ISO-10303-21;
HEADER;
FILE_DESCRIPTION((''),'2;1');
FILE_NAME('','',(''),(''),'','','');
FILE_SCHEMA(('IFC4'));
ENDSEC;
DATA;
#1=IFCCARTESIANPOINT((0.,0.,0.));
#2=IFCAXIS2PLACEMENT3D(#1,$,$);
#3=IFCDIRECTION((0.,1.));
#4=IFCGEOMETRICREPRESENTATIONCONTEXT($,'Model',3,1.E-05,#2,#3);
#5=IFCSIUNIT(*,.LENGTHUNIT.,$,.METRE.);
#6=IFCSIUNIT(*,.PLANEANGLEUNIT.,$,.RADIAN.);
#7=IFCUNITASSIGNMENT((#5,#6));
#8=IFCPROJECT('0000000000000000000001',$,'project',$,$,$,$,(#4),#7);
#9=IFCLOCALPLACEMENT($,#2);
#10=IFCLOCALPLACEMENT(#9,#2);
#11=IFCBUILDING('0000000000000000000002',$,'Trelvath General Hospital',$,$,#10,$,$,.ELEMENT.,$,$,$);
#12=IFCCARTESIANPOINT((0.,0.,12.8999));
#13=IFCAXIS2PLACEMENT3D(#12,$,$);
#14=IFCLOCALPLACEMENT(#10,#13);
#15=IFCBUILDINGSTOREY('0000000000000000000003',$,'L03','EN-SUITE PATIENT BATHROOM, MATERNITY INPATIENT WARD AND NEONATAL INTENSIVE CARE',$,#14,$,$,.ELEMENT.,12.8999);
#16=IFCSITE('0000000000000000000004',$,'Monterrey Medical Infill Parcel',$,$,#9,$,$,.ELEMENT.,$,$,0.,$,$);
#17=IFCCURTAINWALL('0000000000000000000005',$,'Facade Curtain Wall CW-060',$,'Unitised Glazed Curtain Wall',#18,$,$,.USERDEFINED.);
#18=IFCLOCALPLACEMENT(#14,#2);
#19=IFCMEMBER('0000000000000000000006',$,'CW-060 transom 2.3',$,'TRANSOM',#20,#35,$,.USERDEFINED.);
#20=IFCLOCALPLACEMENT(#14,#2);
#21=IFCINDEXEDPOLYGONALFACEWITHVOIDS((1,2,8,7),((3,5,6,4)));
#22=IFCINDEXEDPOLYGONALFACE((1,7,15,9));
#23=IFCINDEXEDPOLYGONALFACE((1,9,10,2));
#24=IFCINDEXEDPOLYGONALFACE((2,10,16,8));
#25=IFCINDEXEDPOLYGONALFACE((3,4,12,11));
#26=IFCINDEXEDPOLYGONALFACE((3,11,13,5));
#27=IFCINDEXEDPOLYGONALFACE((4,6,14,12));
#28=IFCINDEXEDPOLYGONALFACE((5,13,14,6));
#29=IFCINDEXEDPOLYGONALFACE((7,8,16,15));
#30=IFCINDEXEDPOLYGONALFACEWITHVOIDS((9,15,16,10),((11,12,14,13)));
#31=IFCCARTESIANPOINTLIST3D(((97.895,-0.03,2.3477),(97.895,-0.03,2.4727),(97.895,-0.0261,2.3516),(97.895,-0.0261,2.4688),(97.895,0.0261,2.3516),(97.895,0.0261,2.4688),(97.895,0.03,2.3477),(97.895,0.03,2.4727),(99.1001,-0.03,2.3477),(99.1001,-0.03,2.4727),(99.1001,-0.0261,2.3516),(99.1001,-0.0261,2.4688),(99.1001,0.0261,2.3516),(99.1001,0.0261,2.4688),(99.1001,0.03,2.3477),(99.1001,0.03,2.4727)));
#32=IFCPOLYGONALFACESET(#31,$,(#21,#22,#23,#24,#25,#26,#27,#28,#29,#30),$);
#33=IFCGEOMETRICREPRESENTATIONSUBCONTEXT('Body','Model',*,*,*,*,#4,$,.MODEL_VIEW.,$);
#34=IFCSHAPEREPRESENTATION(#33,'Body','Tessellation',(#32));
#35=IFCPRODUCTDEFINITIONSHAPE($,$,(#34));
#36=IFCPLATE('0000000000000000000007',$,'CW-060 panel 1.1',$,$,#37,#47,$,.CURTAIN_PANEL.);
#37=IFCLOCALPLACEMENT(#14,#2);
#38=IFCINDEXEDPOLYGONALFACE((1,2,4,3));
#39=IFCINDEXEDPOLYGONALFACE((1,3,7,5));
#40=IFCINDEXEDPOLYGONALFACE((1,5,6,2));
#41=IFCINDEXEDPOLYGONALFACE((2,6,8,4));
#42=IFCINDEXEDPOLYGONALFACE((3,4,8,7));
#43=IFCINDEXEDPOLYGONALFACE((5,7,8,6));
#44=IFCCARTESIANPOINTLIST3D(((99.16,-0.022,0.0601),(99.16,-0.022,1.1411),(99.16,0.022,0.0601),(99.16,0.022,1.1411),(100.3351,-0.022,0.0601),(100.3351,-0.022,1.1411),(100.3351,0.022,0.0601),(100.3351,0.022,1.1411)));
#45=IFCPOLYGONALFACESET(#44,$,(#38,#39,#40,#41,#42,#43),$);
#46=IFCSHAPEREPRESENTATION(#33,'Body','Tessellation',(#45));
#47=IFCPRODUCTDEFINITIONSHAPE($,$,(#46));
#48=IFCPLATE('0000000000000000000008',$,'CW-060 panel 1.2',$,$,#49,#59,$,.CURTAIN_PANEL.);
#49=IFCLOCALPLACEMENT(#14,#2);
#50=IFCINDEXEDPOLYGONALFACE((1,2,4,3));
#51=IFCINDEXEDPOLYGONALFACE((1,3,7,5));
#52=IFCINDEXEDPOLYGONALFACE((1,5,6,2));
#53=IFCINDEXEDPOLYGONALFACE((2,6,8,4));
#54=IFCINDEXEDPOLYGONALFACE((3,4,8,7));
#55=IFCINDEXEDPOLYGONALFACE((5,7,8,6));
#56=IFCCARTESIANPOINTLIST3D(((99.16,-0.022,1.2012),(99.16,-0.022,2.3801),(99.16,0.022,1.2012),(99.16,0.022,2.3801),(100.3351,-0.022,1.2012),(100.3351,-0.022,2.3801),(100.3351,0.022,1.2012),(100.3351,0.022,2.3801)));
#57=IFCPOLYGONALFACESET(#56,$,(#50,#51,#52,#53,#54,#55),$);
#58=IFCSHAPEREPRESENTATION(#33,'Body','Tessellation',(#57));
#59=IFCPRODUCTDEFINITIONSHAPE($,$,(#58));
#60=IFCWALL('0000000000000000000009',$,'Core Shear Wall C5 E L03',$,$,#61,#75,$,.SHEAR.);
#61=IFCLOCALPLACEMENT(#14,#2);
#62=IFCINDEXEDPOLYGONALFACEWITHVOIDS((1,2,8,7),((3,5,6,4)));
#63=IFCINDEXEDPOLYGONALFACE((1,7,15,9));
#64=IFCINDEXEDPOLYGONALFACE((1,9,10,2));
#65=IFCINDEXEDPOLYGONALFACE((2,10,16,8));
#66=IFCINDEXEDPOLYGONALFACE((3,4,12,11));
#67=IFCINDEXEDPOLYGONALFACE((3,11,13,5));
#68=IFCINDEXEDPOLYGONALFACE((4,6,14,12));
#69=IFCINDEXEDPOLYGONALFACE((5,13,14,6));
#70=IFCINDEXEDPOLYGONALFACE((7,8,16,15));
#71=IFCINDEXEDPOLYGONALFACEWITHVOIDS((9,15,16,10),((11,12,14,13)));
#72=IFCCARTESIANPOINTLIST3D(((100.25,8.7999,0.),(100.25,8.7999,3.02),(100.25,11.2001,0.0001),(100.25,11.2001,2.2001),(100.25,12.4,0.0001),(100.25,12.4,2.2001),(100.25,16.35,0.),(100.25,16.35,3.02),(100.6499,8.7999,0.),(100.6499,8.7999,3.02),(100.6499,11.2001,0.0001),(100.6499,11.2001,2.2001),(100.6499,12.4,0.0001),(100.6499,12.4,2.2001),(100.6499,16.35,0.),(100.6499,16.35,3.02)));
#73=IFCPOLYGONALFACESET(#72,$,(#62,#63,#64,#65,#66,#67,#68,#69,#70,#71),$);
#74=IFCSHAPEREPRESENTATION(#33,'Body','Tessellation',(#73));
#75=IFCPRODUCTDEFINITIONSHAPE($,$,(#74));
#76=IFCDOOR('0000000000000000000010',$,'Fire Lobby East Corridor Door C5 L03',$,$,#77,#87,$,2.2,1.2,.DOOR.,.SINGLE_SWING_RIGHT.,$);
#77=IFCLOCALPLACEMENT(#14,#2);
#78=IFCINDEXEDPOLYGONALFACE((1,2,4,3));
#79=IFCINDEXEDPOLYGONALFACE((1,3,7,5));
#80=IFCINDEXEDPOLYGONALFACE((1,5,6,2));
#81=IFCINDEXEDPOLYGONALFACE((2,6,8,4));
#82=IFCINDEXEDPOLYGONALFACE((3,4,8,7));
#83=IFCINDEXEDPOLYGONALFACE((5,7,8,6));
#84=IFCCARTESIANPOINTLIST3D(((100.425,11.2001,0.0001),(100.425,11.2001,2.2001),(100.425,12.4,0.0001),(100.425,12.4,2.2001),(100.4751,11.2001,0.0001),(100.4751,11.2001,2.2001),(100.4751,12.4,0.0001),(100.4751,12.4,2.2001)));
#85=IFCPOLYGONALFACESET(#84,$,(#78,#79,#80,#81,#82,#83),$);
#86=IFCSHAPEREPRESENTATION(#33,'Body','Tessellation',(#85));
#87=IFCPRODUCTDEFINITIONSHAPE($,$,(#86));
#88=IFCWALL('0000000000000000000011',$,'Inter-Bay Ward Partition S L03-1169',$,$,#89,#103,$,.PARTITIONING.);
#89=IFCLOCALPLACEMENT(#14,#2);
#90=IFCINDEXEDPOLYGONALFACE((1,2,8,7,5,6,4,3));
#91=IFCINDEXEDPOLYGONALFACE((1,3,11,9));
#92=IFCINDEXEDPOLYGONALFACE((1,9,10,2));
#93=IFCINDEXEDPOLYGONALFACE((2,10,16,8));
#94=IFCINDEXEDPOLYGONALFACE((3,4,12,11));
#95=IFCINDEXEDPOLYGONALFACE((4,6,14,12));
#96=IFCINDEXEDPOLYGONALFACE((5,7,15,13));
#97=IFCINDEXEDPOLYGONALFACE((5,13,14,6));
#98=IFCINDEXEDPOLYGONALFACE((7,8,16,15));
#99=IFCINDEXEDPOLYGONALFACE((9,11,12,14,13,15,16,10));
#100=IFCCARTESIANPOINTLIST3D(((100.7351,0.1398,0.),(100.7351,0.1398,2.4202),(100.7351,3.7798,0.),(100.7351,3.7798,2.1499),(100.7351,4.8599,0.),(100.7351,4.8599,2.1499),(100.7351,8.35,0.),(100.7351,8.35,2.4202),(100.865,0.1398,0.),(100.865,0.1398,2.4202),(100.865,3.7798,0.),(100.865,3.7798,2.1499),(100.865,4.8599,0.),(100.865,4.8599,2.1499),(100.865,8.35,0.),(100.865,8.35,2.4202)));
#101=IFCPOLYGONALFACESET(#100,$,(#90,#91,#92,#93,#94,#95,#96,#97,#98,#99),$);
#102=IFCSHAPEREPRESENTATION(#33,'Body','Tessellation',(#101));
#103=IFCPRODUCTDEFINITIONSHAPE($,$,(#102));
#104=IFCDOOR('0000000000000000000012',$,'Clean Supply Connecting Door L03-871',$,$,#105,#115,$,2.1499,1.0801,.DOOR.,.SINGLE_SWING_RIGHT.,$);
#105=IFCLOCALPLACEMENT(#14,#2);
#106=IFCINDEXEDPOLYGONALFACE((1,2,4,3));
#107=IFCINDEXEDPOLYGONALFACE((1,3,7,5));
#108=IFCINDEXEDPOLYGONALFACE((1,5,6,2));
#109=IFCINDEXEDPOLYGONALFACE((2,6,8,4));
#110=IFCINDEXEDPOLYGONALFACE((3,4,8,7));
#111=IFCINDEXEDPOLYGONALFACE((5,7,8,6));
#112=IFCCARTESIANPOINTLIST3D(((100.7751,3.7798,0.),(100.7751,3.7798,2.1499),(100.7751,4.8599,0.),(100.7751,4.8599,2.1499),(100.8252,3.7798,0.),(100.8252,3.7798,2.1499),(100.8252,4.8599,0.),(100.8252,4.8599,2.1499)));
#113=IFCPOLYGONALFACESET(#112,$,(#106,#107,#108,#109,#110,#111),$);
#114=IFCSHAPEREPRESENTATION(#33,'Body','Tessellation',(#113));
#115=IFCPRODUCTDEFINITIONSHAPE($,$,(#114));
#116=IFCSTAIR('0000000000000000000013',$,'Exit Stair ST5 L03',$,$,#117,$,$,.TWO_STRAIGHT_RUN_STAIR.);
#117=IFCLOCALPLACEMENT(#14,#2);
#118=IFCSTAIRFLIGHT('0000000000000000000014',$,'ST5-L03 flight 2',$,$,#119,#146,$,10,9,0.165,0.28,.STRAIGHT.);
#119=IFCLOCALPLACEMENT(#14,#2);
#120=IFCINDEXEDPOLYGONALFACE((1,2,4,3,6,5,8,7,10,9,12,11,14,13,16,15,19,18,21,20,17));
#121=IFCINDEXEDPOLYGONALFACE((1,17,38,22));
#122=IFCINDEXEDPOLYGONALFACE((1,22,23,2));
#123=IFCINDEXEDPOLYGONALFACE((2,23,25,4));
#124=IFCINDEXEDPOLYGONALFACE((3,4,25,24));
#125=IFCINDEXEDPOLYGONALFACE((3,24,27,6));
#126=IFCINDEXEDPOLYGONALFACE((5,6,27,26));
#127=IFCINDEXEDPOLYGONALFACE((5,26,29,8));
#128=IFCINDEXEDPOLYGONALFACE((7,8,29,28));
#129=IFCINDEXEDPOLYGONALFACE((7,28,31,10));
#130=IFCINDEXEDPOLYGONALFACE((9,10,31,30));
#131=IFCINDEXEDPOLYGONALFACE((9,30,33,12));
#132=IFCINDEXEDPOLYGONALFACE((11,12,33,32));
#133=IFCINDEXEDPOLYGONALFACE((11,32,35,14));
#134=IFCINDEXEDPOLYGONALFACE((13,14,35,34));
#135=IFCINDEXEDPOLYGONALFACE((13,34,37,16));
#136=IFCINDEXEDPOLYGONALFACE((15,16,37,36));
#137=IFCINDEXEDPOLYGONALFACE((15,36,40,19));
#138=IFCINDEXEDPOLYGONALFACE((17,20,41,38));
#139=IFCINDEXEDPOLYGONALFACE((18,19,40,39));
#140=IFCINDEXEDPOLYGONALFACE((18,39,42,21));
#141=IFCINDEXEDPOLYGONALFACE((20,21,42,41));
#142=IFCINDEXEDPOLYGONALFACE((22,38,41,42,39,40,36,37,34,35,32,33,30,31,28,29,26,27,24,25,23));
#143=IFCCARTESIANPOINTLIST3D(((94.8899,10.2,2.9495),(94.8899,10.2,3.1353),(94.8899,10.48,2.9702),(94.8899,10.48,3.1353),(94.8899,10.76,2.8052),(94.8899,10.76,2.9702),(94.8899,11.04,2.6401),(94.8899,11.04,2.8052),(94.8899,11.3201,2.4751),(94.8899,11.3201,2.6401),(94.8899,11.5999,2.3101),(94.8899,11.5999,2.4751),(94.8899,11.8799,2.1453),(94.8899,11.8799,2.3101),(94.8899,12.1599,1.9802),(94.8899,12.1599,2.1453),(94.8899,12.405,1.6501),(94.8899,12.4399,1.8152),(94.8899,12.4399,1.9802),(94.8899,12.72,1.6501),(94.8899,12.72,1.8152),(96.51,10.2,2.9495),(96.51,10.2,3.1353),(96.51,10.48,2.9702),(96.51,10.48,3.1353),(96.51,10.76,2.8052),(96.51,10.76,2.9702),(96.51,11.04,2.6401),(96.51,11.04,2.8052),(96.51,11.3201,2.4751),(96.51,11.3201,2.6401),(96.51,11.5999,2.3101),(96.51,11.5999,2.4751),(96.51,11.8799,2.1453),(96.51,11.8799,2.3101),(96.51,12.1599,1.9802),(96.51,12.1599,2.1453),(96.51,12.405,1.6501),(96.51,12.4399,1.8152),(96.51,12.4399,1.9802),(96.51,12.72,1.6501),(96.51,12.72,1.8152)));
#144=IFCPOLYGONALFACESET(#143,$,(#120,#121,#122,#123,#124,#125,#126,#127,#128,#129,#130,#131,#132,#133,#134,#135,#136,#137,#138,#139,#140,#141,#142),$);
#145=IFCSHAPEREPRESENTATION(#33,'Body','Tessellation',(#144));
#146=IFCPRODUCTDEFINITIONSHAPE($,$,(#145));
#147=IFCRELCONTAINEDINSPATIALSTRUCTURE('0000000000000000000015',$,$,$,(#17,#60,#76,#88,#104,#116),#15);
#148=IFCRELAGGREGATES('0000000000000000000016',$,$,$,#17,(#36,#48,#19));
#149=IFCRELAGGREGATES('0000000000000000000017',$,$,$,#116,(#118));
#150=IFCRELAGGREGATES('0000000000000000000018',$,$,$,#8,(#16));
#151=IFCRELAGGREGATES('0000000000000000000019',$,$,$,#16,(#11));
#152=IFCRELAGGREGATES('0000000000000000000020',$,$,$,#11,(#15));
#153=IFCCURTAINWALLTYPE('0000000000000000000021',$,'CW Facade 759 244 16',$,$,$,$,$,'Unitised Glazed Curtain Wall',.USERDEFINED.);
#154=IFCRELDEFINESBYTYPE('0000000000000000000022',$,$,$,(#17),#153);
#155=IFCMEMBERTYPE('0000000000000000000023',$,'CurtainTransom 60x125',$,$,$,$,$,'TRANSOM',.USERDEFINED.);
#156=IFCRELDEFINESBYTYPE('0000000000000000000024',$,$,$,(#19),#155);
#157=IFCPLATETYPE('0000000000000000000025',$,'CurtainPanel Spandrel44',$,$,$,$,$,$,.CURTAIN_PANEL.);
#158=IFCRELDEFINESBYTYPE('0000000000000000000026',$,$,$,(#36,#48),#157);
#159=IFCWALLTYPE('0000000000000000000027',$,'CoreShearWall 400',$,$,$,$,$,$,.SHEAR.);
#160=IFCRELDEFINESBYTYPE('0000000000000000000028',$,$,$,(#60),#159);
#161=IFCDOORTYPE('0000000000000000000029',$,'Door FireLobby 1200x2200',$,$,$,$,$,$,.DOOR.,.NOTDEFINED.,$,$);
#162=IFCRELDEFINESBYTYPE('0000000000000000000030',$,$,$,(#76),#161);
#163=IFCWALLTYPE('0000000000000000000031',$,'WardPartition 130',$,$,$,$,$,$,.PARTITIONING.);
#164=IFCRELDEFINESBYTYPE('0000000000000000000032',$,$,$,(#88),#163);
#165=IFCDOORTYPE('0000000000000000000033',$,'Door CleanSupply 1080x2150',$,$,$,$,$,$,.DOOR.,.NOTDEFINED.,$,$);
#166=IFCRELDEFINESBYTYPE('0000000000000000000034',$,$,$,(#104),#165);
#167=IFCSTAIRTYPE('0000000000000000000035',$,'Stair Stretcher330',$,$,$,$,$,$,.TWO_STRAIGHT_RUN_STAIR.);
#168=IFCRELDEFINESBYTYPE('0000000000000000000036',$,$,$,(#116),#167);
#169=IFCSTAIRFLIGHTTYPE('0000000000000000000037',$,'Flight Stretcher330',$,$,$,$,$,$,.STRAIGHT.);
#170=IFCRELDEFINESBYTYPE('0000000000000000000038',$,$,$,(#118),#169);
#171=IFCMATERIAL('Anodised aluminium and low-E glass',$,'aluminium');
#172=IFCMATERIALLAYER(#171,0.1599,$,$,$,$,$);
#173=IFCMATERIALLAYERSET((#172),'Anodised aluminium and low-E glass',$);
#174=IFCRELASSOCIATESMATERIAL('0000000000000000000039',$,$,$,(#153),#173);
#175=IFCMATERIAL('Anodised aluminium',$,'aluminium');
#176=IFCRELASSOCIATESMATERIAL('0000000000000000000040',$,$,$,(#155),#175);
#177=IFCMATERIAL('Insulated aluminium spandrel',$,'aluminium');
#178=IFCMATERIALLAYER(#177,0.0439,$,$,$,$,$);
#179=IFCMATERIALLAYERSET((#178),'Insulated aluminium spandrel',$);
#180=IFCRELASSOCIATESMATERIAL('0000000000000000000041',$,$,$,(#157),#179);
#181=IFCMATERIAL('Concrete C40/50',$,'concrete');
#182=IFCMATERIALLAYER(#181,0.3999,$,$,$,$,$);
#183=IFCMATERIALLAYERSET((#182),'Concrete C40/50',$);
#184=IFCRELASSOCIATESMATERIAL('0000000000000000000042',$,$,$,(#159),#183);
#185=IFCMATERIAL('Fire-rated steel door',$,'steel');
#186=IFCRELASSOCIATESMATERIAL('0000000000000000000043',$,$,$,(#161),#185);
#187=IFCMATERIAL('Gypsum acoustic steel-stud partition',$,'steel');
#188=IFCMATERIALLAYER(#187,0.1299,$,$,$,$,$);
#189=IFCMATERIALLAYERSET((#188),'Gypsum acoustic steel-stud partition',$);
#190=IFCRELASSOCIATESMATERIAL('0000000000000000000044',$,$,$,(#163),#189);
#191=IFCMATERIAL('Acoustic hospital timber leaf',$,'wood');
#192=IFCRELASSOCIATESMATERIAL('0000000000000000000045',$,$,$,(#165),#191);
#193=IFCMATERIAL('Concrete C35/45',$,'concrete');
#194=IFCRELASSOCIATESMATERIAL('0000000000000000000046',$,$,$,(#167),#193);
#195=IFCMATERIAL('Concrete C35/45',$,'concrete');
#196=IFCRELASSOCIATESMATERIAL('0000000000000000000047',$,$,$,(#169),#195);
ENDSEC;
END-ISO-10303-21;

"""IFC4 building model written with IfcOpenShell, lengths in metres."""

from ifc_helpers import new_model, si_unit, direction, frame, frame_2d, origin, origin_2d, place, context, subcontext, project, spatial, polyline, rectangle, hollow_rectangle, outline, extrude, material, layer, layer_set, material_profile, profile_set, type_object, element, fill, aggregate, save


model = new_model("IFC4")

# Units and contexts
model_context = context("Model", 3, precision=1e-05, world=origin(), true_north=direction((0.0, 1.0)))
body_context = subcontext(model_context, "Body", "Model", "MODEL_VIEW")
ifc_project = project(units=[si_unit("LENGTHUNIT", "METRE"), si_unit("PLANEANGLEUNIT", "RADIAN")], contexts=[model_context])

# Site, building, storey
site_placement = place(None, origin())
site = spatial("IfcSite", under=ifc_project, at=site_placement, Name="Monterrey Medical Infill Parcel", CompositionType="ELEMENT", RefElevation=0.0)
building_placement = place(site_placement, origin())
building = spatial("IfcBuilding", under=site, at=building_placement, Name="Trelvath General Hospital", CompositionType="ELEMENT")
storey_placement = place(building_placement, frame((0.0, 0.0, 12.8999)))
storey = spatial("IfcBuildingStorey", under=building, at=storey_placement, Name="L03", Description="EN-SUITE PATIENT BATHROOM, MATERNITY INPATIENT WARD AND NEONATAL INTENSIVE CARE", CompositionType="ELEMENT", Elevation=12.8999)

# Curtain wall, member, plates
ifc_material_1 = material(Name="Anodised aluminium and low-E glass", Category="aluminium")
ifc_layer_1 = layer(ifc_material_1, 0.1599)
ifc_layer_set_1 = layer_set([ifc_layer_1], Name="Anodised aluminium and low-E glass")
curtain_wall_type = type_object("IfcCurtainWallType", Name="CW Facade 759 244 16", ElementType="Unitised Glazed Curtain Wall", PredefinedType="USERDEFINED", material=ifc_layer_set_1)
curtain_wall_placement = place(storey_placement, origin())
curtain_wall = element("IfcCurtainWall", 1, at=curtain_wall_placement, inside=storey, type_object=curtain_wall_type, Name="Facade Curtain Wall CW-060", ObjectType="Unitised Glazed Curtain Wall", PredefinedType="USERDEFINED")
ifc_material_2 = material(Name="Anodised aluminium", Category="aluminium")
ifc_material_profile_1 = material_profile(ifc_material_2, hollow_rectangle(XDim=0.0601, YDim=0.125, WallThickness=0.0039, at=origin_2d()), Name="RHS60x125x4")
ifc_profile_set_1 = profile_set([ifc_material_profile_1], Name="Anodised aluminium")
member_type_1 = type_object("IfcMemberType", Name="CurtainTransom 60x125", ElementType="TRANSOM", PredefinedType="USERDEFINED", material=ifc_profile_set_1)
member_1_placement = place(storey_placement, frame((99.1001, 0.0, 2.4102), z_axis=(-1.0, 0.0, 0.0), x_axis=(0.0, -1.0, 0.0)))
member_1 = element("IfcMember", 2, at=member_1_placement, type_object=member_type_1, Name="CW-060 transom 2.3", ObjectType="TRANSOM", PredefinedType="USERDEFINED", context=body_context, shape_type="SweptSolid", body=[
    extrude(hollow_rectangle(XDim=0.0601, YDim=0.125, WallThickness=0.0039, at=origin_2d()), origin(), (0.0, 0.0, 1.0), 1.2051),
])
ifc_material_3 = material(Name="Insulated aluminium spandrel", Category="aluminium")
ifc_layer_2 = layer(ifc_material_3, 0.0439)
ifc_layer_set_2 = layer_set([ifc_layer_2], Name="Insulated aluminium spandrel")
plate_type = type_object("IfcPlateType", Name="CurtainPanel Spandrel44", PredefinedType="CURTAIN_PANEL", material=ifc_layer_set_2)
plate_1_placement = place(storey_placement, frame((99.7476, 0.0, 0.0601), z_axis=(0.0, 0.0, 1.0), x_axis=(-1.0, 0.0, 0.0)))
plate_1 = element("IfcPlate", 3, at=plate_1_placement, type_object=plate_type, Name="CW-060 panel 1.1", PredefinedType="CURTAIN_PANEL", context=body_context, shape_type="SweptSolid", body=[
    extrude(rectangle(XDim=1.175, YDim=0.0439, at=origin_2d()), origin(), (0.0, 0.0, 1.0), 1.0811),
])
plate_2_placement = place(storey_placement, frame((99.7476, 0.0, 1.2012), z_axis=(0.0, 0.0, 1.0), x_axis=(-1.0, 0.0, 0.0)))
plate_2 = element("IfcPlate", 4, at=plate_2_placement, type_object=plate_type, Name="CW-060 panel 1.2", PredefinedType="CURTAIN_PANEL", context=body_context, shape_type="SweptSolid", body=[
    extrude(rectangle(XDim=1.175, YDim=0.0439, at=origin_2d()), origin(), (0.0, 0.0, 1.0), 1.179),
])
aggregate(curtain_wall, [plate_1, plate_2, member_1])

# Walls, openings, doors
ifc_material_4 = material(Name="Concrete C40/50", Category="concrete")
ifc_layer_3 = layer(ifc_material_4, 0.3999)
ifc_layer_set_3 = layer_set([ifc_layer_3], Name="Concrete C40/50")
wall_type_1 = type_object("IfcWallType", Name="CoreShearWall 400", PredefinedType="SHEAR", material=ifc_layer_set_3)
wall_1_placement = place(storey_placement, frame((100.45, 8.8, 0.0), z_axis=(0.0, 0.0, 1.0), x_axis=(0.0, 1.0, 0.0)))
wall_1 = element("IfcWall", 5, at=wall_1_placement, inside=storey, type_object=wall_type_1, Name="Core Shear Wall C5 E L03", PredefinedType="SHEAR", context=body_context, shape_type="SweptSolid", body=[
    extrude(rectangle(XDim=7.55, YDim=0.3999, at=frame_2d((3.7749, 0.0))), origin(), (0.0, 0.0, 1.0), 3.02),
])
opening_1_placement = place(wall_1_placement, frame((2.3999, 0.0, 0.0)))
opening_1 = element("IfcOpeningElement", 6, at=opening_1_placement, cuts=wall_1, PredefinedType="OPENING", context=body_context, shape_type="SweptSolid", body=[
    extrude(rectangle(XDim=1.2, YDim=2.2, at=frame_2d((0.6001, 1.1001))), frame((0.0, 0.21, 0.0), z_axis=(0.0, -1.0, 0.0), x_axis=(1.0, 0.0, 0.0)), (0.0, 0.0, 1.0), 0.4199),
])
ifc_material_5 = material(Name="Fire-rated steel door", Category="steel")
door_type_1 = type_object("IfcDoorType", Name="Door FireLobby 1200x2200", OperationType="NOTDEFINED", PredefinedType="DOOR", material=ifc_material_5)
door_1_placement = place(opening_1_placement, origin())
door_1 = element("IfcDoor", 7, at=door_1_placement, inside=storey, type_object=door_type_1, Name="Fire Lobby East Corridor Door C5 L03", OperationType="SINGLE_SWING_RIGHT", OverallHeight=2.2, OverallWidth=1.2, PredefinedType="DOOR", context=body_context, shape_type="SweptSolid", body=[
    extrude(rectangle(XDim=1.2, YDim=2.2, at=frame_2d((0.6001, 1.1001))), frame((0.0, 0.0249, 0.0), z_axis=(0.0, -1.0, 0.0), x_axis=(1.0, 0.0, 0.0)), (0.0, 0.0, 1.0), 0.05),
])
fill(opening_1, door_1)
ifc_material_6 = material(Name="Gypsum acoustic steel-stud partition", Category="steel")
ifc_layer_4 = layer(ifc_material_6, 0.1299)
ifc_layer_set_4 = layer_set([ifc_layer_4], Name="Gypsum acoustic steel-stud partition")
wall_type_2 = type_object("IfcWallType", Name="WardPartition 130", PredefinedType="PARTITIONING", material=ifc_layer_set_4)
wall_2_placement = place(storey_placement, frame((100.8, 0.1399, 0.0), z_axis=(0.0, 0.0, 1.0), x_axis=(0.0, 1.0, 0.0)))
wall_2 = element("IfcWall", 8, at=wall_2_placement, inside=storey, type_object=wall_type_2, Name="Inter-Bay Ward Partition S L03-1169", PredefinedType="PARTITIONING", context=body_context, shape_type="SweptSolid", body=[
    extrude(rectangle(XDim=8.2102, YDim=0.1299, at=frame_2d((4.105, 0.0))), origin(), (0.0, 0.0, 1.0), 2.4202),
])
opening_2_placement = place(wall_2_placement, frame((3.6399, 0.0, 0.0)))
opening_2 = element("IfcOpeningElement", 9, at=opening_2_placement, cuts=wall_2, PredefinedType="OPENING", context=body_context, shape_type="SweptSolid", body=[
    extrude(rectangle(XDim=1.0801, YDim=2.1499, at=frame_2d((0.54, 1.075))), frame((0.0, 0.075, 0.0), z_axis=(0.0, -1.0, 0.0), x_axis=(1.0, 0.0, 0.0)), (0.0, 0.0, 1.0), 0.1499),
])
ifc_material_7 = material(Name="Acoustic hospital timber leaf", Category="wood")
door_type_2 = type_object("IfcDoorType", Name="Door CleanSupply 1080x2150", OperationType="NOTDEFINED", PredefinedType="DOOR", material=ifc_material_7)
door_2_placement = place(opening_2_placement, origin())
door_2 = element("IfcDoor", 10, at=door_2_placement, inside=storey, type_object=door_type_2, Name="Clean Supply Connecting Door L03-871", OperationType="SINGLE_SWING_RIGHT", OverallHeight=2.1499, OverallWidth=1.0801, PredefinedType="DOOR", context=body_context, shape_type="SweptSolid", body=[
    extrude(rectangle(XDim=1.0801, YDim=2.1499, at=frame_2d((0.54, 1.075))), frame((0.0, 0.0249, 0.0), z_axis=(0.0, -1.0, 0.0), x_axis=(1.0, 0.0, 0.0)), (0.0, 0.0, 1.0), 0.05),
])
fill(opening_2, door_2)

# Stair, stair flight
ifc_material_8 = material(Name="Concrete C35/45", Category="concrete")
stair_type = type_object("IfcStairType", Name="Stair Stretcher330", PredefinedType="TWO_STRAIGHT_RUN_STAIR", material=ifc_material_8)
stair_placement = place(storey_placement, origin())
stair = element("IfcStair", 11, at=stair_placement, inside=storey, type_object=stair_type, Name="Exit Stair ST5 L03", PredefinedType="TWO_STRAIGHT_RUN_STAIR")
ifc_material_9 = material(Name="Concrete C35/45", Category="concrete")
stair_flight_type = type_object("IfcStairFlightType", Name="Flight Stretcher330", PredefinedType="STRAIGHT", material=ifc_material_9)
stair_flight_placement = place(storey_placement, frame((95.7, 12.72, 1.6501), z_axis=(0.0, 0.0, 1.0), x_axis=(0.0, -1.0, 0.0)))
stair_flight = element("IfcStairFlight", 12, at=stair_flight_placement, type_object=stair_flight_type, Name="ST5-L03 flight 2", NumberOfRisers=10, NumberOfTreads=9, PredefinedType="STRAIGHT", RiserHeight=0.165, TreadLength=0.28, context=body_context, shape_type="SweptSolid", body=[
    extrude(outline(polyline([(0.0, 0.0), (0.0, 0.165), (0.28, 0.165), (0.28, 0.3301), (0.5601, 0.3301), (0.5601, 0.4951), (0.8401, 0.4951), (0.8401, 0.6599), (1.1201, 0.6599), (1.1201, 0.825), (1.3999, 0.825), (1.3999, 0.99), (1.6799, 0.99), (1.6799, 1.155), (1.96, 1.155), (1.96, 1.3201), (2.24, 1.3201), (2.24, 1.4851), (2.52, 1.4851), (2.52, 1.6499), (2.52, 1.2993), (0.3149, 0.0), (0.0, 0.0)])), frame((0.0, 0.8101, 0.0), z_axis=(0.0, -1.0, 0.0), x_axis=(1.0, 0.0, 0.0)), (0.0, 0.0, 1.0), 1.6201),
])
aggregate(stair, [stair_flight])

save(model, "model.ifc")
